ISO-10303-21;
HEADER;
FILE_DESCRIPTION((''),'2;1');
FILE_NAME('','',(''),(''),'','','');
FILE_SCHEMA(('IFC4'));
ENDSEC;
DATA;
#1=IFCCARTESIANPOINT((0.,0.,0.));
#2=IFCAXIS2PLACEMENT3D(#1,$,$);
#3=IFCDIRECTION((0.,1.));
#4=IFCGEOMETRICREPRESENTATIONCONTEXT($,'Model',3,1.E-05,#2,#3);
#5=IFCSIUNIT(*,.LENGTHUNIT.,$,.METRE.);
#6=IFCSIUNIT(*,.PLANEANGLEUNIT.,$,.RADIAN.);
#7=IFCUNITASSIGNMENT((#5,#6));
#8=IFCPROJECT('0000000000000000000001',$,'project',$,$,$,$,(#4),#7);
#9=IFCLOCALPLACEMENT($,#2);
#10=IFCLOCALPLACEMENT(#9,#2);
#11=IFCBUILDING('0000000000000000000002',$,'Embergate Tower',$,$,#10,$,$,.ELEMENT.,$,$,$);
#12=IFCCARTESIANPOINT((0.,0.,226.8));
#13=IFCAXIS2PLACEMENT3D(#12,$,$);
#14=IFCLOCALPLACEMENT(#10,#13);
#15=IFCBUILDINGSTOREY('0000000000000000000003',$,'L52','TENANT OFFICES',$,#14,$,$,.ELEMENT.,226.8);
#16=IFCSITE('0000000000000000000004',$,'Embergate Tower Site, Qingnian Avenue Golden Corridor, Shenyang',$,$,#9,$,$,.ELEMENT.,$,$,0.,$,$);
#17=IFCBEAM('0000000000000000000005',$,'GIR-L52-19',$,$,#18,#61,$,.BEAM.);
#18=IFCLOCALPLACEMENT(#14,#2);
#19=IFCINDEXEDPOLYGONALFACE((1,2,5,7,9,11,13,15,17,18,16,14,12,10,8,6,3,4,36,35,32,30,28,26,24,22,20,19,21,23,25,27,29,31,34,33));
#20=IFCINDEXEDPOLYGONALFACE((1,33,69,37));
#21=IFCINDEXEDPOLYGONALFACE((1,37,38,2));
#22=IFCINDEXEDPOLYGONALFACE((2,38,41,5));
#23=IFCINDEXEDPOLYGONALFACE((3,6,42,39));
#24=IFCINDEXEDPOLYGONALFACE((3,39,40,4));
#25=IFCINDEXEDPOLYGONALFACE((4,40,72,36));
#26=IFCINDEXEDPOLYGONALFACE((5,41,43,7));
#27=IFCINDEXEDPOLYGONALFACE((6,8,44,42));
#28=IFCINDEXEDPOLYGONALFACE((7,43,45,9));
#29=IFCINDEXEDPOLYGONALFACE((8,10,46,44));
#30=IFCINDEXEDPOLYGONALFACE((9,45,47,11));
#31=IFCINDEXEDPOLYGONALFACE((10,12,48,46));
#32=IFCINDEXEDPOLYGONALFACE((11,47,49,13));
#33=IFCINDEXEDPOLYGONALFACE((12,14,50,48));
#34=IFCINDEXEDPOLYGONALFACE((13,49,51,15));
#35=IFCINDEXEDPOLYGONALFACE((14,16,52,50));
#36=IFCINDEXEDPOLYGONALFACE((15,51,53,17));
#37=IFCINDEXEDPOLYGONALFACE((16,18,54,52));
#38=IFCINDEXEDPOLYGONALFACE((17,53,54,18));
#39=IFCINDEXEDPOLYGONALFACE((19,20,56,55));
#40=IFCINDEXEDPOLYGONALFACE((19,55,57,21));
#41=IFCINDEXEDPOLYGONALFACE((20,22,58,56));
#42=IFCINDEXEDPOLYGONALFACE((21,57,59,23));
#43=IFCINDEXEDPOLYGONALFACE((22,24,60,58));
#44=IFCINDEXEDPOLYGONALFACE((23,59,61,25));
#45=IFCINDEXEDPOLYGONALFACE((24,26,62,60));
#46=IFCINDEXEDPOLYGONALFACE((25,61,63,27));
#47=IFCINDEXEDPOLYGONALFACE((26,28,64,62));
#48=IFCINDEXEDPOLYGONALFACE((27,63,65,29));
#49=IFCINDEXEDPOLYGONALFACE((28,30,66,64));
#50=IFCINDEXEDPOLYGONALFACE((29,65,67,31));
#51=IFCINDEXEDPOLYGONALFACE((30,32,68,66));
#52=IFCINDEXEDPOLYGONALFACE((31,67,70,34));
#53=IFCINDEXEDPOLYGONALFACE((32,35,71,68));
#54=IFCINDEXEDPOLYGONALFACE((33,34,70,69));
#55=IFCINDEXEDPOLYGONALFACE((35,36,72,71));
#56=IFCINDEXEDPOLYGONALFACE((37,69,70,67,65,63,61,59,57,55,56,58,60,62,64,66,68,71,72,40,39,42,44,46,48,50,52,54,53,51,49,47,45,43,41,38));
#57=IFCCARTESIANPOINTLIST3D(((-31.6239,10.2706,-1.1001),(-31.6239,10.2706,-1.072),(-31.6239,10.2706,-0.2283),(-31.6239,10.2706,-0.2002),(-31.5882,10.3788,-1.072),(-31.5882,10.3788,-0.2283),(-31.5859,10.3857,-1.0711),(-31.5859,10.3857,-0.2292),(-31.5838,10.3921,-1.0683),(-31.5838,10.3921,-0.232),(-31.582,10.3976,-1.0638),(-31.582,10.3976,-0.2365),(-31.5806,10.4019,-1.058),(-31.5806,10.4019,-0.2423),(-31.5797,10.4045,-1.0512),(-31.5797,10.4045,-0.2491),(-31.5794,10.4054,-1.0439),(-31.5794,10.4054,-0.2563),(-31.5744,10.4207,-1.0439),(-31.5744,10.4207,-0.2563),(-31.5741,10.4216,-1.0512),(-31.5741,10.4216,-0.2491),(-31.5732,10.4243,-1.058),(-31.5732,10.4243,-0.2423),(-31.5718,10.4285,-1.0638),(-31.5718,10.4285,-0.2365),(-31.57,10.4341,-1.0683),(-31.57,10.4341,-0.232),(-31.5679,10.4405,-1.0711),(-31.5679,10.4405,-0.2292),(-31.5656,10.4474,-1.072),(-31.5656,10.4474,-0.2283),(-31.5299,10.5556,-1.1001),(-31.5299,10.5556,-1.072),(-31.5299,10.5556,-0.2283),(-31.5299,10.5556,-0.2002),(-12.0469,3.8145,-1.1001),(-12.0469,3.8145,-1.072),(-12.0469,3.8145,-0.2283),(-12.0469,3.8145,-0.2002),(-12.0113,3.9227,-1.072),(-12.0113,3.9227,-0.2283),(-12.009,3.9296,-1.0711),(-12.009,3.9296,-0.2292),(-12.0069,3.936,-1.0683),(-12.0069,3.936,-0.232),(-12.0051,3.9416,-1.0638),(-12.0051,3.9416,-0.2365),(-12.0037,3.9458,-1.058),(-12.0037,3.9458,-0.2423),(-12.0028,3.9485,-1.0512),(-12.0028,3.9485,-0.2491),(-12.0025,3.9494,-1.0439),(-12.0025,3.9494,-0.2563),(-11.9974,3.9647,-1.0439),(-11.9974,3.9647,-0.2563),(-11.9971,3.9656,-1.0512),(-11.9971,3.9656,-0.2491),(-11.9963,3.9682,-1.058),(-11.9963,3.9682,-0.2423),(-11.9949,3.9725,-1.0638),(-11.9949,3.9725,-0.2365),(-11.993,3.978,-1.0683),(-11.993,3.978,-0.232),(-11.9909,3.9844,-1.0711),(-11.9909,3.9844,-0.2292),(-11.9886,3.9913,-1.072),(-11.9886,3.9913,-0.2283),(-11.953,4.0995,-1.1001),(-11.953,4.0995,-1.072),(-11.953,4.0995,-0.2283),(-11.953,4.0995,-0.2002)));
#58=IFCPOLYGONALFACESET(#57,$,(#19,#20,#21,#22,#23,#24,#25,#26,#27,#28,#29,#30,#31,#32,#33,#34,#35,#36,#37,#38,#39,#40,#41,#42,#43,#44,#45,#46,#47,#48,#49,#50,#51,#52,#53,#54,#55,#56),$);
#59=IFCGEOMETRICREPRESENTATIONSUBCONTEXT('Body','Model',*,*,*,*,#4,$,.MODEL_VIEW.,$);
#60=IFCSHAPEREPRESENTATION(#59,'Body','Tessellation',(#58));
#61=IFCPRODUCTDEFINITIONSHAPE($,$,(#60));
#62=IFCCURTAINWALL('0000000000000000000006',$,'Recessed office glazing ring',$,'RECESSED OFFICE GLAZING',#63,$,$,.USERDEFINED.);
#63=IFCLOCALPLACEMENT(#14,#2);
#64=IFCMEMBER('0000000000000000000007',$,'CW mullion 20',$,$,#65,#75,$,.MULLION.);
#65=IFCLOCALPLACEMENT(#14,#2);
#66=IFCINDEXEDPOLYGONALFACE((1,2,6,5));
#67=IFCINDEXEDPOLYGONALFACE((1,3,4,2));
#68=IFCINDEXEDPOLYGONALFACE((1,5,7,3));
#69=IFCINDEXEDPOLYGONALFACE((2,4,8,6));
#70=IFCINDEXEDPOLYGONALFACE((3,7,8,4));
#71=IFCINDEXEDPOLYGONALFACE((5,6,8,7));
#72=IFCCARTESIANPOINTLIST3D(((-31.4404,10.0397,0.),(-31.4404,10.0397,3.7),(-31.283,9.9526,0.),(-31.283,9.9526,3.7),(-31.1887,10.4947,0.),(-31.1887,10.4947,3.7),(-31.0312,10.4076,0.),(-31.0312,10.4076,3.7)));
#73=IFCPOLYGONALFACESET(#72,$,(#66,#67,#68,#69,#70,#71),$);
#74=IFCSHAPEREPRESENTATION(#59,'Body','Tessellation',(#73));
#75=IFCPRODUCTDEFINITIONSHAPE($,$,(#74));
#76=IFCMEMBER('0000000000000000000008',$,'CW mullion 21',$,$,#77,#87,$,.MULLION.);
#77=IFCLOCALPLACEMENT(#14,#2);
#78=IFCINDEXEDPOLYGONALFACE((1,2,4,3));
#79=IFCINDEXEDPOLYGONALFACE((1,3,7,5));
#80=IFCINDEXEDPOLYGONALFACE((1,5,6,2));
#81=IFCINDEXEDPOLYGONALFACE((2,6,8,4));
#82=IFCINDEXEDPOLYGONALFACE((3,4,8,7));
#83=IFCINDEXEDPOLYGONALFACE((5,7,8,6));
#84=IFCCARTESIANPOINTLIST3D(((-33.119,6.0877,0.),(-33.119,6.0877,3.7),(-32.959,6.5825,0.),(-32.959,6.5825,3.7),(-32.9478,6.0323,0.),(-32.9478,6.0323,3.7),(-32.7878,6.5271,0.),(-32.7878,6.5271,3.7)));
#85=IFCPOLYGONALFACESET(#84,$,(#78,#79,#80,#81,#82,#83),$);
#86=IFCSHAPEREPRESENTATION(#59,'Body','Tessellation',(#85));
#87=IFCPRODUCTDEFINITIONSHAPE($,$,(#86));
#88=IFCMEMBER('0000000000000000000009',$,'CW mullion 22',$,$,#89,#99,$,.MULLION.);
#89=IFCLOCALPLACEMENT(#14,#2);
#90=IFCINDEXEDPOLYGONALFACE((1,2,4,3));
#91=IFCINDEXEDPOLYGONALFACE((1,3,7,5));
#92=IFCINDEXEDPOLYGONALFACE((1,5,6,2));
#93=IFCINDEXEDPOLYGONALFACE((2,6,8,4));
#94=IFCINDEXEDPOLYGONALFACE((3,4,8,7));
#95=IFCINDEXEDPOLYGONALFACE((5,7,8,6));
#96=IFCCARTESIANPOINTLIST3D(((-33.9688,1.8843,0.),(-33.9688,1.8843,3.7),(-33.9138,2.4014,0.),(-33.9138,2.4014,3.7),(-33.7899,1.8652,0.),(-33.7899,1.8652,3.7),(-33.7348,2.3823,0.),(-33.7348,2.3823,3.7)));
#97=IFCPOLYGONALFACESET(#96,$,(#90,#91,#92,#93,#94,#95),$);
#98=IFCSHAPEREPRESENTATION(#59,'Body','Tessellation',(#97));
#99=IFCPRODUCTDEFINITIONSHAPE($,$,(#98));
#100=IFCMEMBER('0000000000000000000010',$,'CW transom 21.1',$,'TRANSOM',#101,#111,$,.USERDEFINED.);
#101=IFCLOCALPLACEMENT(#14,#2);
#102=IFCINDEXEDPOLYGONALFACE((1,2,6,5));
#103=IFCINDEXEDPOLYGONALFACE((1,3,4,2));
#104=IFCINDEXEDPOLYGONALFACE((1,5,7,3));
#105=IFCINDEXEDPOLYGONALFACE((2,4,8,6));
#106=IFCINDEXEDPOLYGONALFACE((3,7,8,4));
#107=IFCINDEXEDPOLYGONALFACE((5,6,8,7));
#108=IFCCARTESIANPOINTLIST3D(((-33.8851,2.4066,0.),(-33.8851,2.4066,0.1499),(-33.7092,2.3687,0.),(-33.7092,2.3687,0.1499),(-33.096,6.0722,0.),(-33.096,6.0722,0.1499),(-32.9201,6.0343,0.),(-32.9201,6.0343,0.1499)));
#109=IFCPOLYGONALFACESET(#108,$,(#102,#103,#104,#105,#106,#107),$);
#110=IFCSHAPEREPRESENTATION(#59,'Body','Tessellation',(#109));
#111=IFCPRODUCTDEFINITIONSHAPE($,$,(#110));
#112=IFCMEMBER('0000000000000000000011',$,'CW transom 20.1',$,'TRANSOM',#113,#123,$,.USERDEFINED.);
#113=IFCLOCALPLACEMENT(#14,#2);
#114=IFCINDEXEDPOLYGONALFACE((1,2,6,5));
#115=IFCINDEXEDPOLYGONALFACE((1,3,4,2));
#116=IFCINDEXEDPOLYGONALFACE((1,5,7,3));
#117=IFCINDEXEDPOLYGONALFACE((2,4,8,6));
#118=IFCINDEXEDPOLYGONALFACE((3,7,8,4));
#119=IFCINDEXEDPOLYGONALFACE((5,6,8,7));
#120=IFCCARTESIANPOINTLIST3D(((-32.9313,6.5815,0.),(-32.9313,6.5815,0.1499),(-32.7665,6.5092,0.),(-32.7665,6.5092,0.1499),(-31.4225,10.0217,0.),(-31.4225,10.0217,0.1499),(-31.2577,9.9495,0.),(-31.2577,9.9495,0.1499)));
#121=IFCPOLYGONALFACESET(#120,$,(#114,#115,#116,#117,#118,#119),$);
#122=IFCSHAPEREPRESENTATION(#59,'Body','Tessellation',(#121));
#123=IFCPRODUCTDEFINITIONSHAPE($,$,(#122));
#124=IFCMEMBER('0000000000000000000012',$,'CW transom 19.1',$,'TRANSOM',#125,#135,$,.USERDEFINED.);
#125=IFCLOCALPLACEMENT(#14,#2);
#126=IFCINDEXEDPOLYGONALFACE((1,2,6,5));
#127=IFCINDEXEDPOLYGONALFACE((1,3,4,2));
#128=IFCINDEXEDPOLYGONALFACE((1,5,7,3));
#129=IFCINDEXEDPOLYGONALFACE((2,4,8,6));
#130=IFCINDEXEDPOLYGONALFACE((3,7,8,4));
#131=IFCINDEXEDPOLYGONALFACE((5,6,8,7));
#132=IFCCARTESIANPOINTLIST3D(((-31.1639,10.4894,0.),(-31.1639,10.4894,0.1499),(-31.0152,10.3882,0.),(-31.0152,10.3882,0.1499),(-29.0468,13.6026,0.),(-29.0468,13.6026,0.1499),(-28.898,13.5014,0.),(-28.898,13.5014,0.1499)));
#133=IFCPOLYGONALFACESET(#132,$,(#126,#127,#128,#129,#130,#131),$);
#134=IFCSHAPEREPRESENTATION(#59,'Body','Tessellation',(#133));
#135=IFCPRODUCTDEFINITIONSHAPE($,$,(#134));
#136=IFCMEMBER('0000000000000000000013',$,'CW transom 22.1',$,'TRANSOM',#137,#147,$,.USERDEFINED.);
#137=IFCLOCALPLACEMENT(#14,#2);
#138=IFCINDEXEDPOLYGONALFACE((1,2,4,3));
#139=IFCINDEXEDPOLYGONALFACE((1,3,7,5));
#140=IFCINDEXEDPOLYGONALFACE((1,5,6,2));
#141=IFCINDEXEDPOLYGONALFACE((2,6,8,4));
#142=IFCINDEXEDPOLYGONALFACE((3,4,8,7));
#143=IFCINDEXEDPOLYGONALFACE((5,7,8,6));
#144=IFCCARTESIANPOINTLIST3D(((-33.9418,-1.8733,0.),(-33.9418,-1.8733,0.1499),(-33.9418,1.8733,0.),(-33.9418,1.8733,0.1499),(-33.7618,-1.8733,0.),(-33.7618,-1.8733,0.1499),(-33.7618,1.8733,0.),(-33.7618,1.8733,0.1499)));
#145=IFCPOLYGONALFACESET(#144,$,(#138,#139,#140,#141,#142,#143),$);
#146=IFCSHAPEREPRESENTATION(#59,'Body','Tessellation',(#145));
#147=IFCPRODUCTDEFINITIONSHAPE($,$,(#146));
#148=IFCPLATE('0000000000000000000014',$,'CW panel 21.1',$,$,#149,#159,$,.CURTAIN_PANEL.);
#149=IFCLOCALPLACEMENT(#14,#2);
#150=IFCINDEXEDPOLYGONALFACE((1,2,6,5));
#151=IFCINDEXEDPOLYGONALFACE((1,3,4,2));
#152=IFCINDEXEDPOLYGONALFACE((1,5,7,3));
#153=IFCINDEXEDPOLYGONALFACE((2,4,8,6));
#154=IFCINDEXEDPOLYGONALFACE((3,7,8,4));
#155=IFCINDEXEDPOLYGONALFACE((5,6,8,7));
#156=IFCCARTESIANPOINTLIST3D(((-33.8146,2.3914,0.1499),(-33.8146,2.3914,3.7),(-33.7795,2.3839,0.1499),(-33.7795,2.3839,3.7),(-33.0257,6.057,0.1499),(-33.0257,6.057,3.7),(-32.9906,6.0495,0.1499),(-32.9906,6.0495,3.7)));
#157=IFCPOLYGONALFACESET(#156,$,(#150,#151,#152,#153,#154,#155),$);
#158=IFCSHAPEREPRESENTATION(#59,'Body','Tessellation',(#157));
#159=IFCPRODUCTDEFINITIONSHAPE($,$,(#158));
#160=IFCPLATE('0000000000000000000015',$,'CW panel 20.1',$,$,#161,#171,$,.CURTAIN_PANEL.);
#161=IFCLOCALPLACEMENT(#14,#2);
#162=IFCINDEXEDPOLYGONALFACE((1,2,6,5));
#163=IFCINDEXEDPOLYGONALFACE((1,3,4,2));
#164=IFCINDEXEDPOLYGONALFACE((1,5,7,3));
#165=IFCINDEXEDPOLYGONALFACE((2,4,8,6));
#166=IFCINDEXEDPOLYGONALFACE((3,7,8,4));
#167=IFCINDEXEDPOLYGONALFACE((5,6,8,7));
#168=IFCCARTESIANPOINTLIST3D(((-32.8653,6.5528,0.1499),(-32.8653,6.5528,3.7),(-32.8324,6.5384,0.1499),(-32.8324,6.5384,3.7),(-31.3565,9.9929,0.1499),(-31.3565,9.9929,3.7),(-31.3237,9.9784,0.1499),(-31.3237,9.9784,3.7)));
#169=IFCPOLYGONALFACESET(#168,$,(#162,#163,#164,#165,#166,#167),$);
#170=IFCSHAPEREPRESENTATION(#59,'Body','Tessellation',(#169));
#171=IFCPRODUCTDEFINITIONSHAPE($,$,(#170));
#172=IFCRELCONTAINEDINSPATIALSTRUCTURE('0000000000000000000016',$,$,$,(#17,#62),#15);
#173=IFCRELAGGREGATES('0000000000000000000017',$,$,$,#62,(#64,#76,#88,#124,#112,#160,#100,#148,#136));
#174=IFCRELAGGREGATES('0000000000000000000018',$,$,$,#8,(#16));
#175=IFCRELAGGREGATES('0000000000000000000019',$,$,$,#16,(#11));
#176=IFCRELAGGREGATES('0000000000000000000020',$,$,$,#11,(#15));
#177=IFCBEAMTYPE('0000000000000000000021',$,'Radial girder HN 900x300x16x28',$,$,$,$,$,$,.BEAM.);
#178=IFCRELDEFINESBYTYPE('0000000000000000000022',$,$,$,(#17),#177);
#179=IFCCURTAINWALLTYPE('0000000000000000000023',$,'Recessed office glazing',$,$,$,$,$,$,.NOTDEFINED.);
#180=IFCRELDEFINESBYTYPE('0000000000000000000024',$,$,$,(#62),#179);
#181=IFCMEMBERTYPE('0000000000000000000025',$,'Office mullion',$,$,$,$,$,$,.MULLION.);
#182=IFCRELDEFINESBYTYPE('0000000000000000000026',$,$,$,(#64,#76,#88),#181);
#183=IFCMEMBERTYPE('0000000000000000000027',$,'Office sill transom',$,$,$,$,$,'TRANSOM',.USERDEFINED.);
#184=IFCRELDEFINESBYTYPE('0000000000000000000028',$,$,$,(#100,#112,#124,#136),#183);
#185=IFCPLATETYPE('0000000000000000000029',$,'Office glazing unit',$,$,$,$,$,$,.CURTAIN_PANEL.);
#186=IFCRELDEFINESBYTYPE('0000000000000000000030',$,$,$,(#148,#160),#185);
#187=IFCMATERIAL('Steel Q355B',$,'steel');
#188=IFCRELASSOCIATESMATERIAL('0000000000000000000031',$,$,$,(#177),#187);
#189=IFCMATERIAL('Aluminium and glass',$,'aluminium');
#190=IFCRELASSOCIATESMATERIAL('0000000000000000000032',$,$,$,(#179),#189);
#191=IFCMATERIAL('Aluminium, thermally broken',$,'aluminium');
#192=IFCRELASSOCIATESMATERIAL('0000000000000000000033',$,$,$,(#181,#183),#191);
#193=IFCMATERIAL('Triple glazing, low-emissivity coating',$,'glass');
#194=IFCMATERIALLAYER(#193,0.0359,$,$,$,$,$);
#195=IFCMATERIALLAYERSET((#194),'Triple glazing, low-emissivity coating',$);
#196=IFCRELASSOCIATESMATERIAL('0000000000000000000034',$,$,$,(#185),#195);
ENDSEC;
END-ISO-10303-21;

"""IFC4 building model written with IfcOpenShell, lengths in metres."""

from ifc_helpers import new_model, si_unit, direction, frame, origin, origin_2d, place, context, subcontext, project, spatial, rectangle, i_section, extrude, source, transform, mapped, material, layer, layer_set, material_profile, profile_set, type_object, element, aggregate, save


model = new_model("IFC4")

# Units and contexts
model_context = context("Model", 3, precision=1e-05, world=origin(), true_north=direction((0.0, 1.0)))
body_context = subcontext(model_context, "Body", "Model", "MODEL_VIEW")
ifc_project = project(units=[si_unit("LENGTHUNIT", "METRE"), si_unit("PLANEANGLEUNIT", "RADIAN")], contexts=[model_context])

# Site, building, storey
site_placement = place(None, origin())
site = spatial("IfcSite", under=ifc_project, at=site_placement, Name="Embergate Tower Site, Qingnian Avenue Golden Corridor, Shenyang", CompositionType="ELEMENT", RefElevation=0.0)
building_placement = place(site_placement, origin())
building = spatial("IfcBuilding", under=site, at=building_placement, Name="Embergate Tower", CompositionType="ELEMENT")
storey_placement = place(building_placement, frame((0.0, 0.0, 226.8)))
storey = spatial("IfcBuildingStorey", under=building, at=storey_placement, Name="L52", Description="TENANT OFFICES", CompositionType="ELEMENT", Elevation=226.8)

# Beam
ifc_material_1 = material(Name="Steel Q355B", Category="steel")
ifc_material_profile_1 = material_profile(ifc_material_1, i_section(OverallWidth=0.3, OverallDepth=0.8999, WebThickness=0.0161, FlangeThickness=0.0281, FilletRadius=0.0281, at=origin_2d()), Name="HN 900x300x16x28")
ifc_profile_set_1 = profile_set([ifc_material_profile_1], Name="Steel Q355 grade B")
beam_type_1 = type_object("IfcBeamType", Name="Radial girder HN 900x300x16x28", PredefinedType="BEAM", material=ifc_profile_set_1)
shared_shape_1 = source(origin(), body_context, "Body", "SweptSolid", [
    extrude(i_section(OverallWidth=0.3, OverallDepth=0.8999, WebThickness=0.0161, FlangeThickness=0.0281, FilletRadius=0.0281, at=origin_2d()), origin(), (0.0, 0.0, 1.0), 20.614),
])
beam_1_placement = place(storey_placement, frame((-31.5769, 10.4131, -0.6501), z_axis=(0.949691, -0.313188, 0.0), x_axis=(0.313188, 0.949691, 0.0)))
element("IfcBeam", 1, at=beam_1_placement, inside=storey, type_object=beam_type_1, Name="GIR-L52-19", PredefinedType="BEAM", context=body_context, shape_type="MappedRepresentation", body=[
    mapped(shared_shape_1, transform((0.0, 0.0, 0.0))),
])

# Curtain wall, members, plates
ifc_material_2 = material(Name="Aluminium and glass", Category="aluminium")
curtain_wall_type = type_object("IfcCurtainWallType", Name="Recessed office glazing", PredefinedType="NOTDEFINED", material=ifc_material_2)
curtain_wall_placement = place(storey_placement, origin())
curtain_wall = element("IfcCurtainWall", 2, at=curtain_wall_placement, inside=storey, type_object=curtain_wall_type, Name="Recessed office glazing ring", ObjectType="RECESSED OFFICE GLAZING", PredefinedType="USERDEFINED")
ifc_material_3 = material(Name="Aluminium, thermally broken", Category="aluminium")
ifc_material_profile_2 = material_profile(ifc_material_3, rectangle(XDim=0.1799, YDim=0.52, at=origin_2d()), Name="AL 520x180")
ifc_profile_set_2 = profile_set([ifc_material_profile_2], Name="Aluminium, thermally broken")
member_type_1 = type_object("IfcMemberType", Name="Office mullion", PredefinedType="MULLION", material=ifc_profile_set_2)
shared_shape_2 = source(origin(), body_context, "Body", "SweptSolid", [
    extrude(rectangle(XDim=0.1799, YDim=0.52, at=origin_2d()), origin(), (0.0, 0.0, 1.0), 3.7),
])
member_1_placement = place(storey_placement, frame((-31.2358, 10.2236, 0.0), z_axis=(0.0, 0.0, 1.0), x_axis=(0.875001, -0.484121, 0.0)))
member_1 = element("IfcMember", 3, at=member_1_placement, type_object=member_type_1, Name="CW mullion 20", PredefinedType="MULLION", context=body_context, shape_type="MappedRepresentation", body=[
    mapped(shared_shape_2, transform((0.0, 0.0, 0.0))),
])
member_2_placement = place(storey_placement, frame((-32.9534, 6.3074, 0.0), z_axis=(0.0, 0.0, 1.0), x_axis=(0.951497, -0.307657, 0.0)))
member_2 = element("IfcMember", 4, at=member_2_placement, type_object=member_type_1, Name="CW mullion 21", PredefinedType="MULLION", context=body_context, shape_type="MappedRepresentation", body=[
    mapped(shared_shape_2, transform((0.0, 0.0, 0.0))),
])
member_3_placement = place(storey_placement, frame((-33.8518, 2.1333, 0.0), z_axis=(0.0, 0.0, 1.0), x_axis=(0.994385, -0.105825, 0.0)))
member_3 = element("IfcMember", 5, at=member_3_placement, type_object=member_type_1, Name="CW mullion 22", PredefinedType="MULLION", context=body_context, shape_type="MappedRepresentation", body=[
    mapped(shared_shape_2, transform((0.0, 0.0, 0.0))),
])
ifc_material_profile_3 = material_profile(ifc_material_3, rectangle(XDim=0.1799, YDim=0.1499, at=origin_2d()), Name="AL 150x180")
ifc_profile_set_3 = profile_set([ifc_material_profile_3], Name="Aluminium, thermally broken")
member_type_2 = type_object("IfcMemberType", Name="Office sill transom", ElementType="TRANSOM", PredefinedType="USERDEFINED", material=ifc_profile_set_3)
shared_shape_3 = source(origin(), body_context, "Body", "SweptSolid", [
    extrude(rectangle(XDim=0.1799, YDim=0.1499, at=origin_2d()), origin(), (0.0, 0.0, 1.0), 3.7495),
])
member_4_placement = place(storey_placement, frame((-33.0081, 6.0532, 0.075), z_axis=(-0.210445, -0.977606, 0.0), x_axis=(0.977606, -0.210445, 0.0)))
member_4 = element("IfcMember", 6, at=member_4_placement, type_object=member_type_2, Name="CW transom 21.1", ObjectType="TRANSOM", PredefinedType="USERDEFINED", context=body_context, shape_type="MappedRepresentation", body=[
    mapped(shared_shape_3, transform((0.0, 0.0, 0.0))),
])
shared_shape_4 = source(origin(), body_context, "Body", "SweptSolid", [
    extrude(rectangle(XDim=0.1799, YDim=0.1499, at=origin_2d()), origin(), (0.0, 0.0, 1.0), 3.7566),
])
member_5_placement = place(storey_placement, frame((-31.3401, 9.9856, 0.075), z_axis=(-0.401647, -0.915794, 0.0), x_axis=(0.915794, -0.401647, 0.0)))
member_5 = element("IfcMember", 7, at=member_5_placement, type_object=member_type_2, Name="CW transom 20.1", ObjectType="TRANSOM", PredefinedType="USERDEFINED", context=body_context, shape_type="MappedRepresentation", body=[
    mapped(shared_shape_4, transform((0.0, 0.0, 0.0))),
])
shared_shape_5 = source(origin(), body_context, "Body", "SweptSolid", [
    extrude(rectangle(XDim=0.1799, YDim=0.1499, at=origin_2d()), origin(), (0.0, 0.0, 1.0), 3.7649),
])
member_6_placement = place(storey_placement, frame((-28.9724, 13.552, 0.075), z_axis=(-0.562338, -0.826907, 0.0), x_axis=(0.826907, -0.562338, 0.0)))
member_6 = element("IfcMember", 8, at=member_6_placement, type_object=member_type_2, Name="CW transom 19.1", ObjectType="TRANSOM", PredefinedType="USERDEFINED", context=body_context, shape_type="MappedRepresentation", body=[
    mapped(shared_shape_5, transform((0.0, 0.0, 0.0))),
])
shared_shape_6 = source(origin(), body_context, "Body", "SweptSolid", [
    extrude(rectangle(XDim=0.1799, YDim=0.1499, at=origin_2d()), origin(), (0.0, 0.0, 1.0), 3.7466),
])
member_7_placement = place(storey_placement, frame((-33.8518, 1.8733, 0.075), z_axis=(0.0, -1.0, 0.0), x_axis=(1.0, 0.0, 0.0)))
member_7 = element("IfcMember", 9, at=member_7_placement, type_object=member_type_2, Name="CW transom 22.1", ObjectType="TRANSOM", PredefinedType="USERDEFINED", context=body_context, shape_type="MappedRepresentation", body=[
    mapped(shared_shape_6, transform((0.0, 0.0, 0.0))),
])
ifc_material_4 = material(Name="Triple glazing, low-emissivity coating", Category="glass")
ifc_layer_1 = layer(ifc_material_4, 0.0359)
ifc_layer_set_1 = layer_set([ifc_layer_1], Name="Triple glazing, low-emissivity coating")
plate_type = type_object("IfcPlateType", Name="Office glazing unit", PredefinedType="CURTAIN_PANEL", material=ifc_layer_set_1)
shared_shape_7 = source(origin(), body_context, "Body", "SweptSolid", [
    extrude(rectangle(XDim=3.7495, YDim=0.0359, at=origin_2d()), origin(), (0.0, 0.0, 1.0), 3.55),
])
plate_1_placement = place(storey_placement, frame((-33.4026, 4.2205, 0.1499), z_axis=(0.0, 0.0, 1.0), x_axis=(-0.210397, -0.977616, 0.0)))
plate_1 = element("IfcPlate", 10, at=plate_1_placement, type_object=plate_type, Name="CW panel 21.1", PredefinedType="CURTAIN_PANEL", context=body_context, shape_type="MappedRepresentation", body=[
    mapped(shared_shape_7, transform((0.0, 0.0, 0.0))),
])
shared_shape_8 = source(origin(), body_context, "Body", "SweptSolid", [
    extrude(rectangle(XDim=3.7563, YDim=0.0359, at=origin_2d()), origin(), (0.0, 0.0, 1.0), 3.55),
])
plate_2_placement = place(storey_placement, frame((-32.0945, 8.2656, 0.1499), z_axis=(0.0, 0.0, 1.0), x_axis=(-0.401649, -0.915794, 0.0)))
plate_2 = element("IfcPlate", 11, at=plate_2_placement, type_object=plate_type, Name="CW panel 20.1", PredefinedType="CURTAIN_PANEL", context=body_context, shape_type="MappedRepresentation", body=[
    mapped(shared_shape_8, transform((0.0, 0.0, 0.0))),
])
aggregate(curtain_wall, [member_1, member_2, member_3, member_6, member_5, plate_2, member_4, plate_1, member_7])

save(model, "model.ifc")
